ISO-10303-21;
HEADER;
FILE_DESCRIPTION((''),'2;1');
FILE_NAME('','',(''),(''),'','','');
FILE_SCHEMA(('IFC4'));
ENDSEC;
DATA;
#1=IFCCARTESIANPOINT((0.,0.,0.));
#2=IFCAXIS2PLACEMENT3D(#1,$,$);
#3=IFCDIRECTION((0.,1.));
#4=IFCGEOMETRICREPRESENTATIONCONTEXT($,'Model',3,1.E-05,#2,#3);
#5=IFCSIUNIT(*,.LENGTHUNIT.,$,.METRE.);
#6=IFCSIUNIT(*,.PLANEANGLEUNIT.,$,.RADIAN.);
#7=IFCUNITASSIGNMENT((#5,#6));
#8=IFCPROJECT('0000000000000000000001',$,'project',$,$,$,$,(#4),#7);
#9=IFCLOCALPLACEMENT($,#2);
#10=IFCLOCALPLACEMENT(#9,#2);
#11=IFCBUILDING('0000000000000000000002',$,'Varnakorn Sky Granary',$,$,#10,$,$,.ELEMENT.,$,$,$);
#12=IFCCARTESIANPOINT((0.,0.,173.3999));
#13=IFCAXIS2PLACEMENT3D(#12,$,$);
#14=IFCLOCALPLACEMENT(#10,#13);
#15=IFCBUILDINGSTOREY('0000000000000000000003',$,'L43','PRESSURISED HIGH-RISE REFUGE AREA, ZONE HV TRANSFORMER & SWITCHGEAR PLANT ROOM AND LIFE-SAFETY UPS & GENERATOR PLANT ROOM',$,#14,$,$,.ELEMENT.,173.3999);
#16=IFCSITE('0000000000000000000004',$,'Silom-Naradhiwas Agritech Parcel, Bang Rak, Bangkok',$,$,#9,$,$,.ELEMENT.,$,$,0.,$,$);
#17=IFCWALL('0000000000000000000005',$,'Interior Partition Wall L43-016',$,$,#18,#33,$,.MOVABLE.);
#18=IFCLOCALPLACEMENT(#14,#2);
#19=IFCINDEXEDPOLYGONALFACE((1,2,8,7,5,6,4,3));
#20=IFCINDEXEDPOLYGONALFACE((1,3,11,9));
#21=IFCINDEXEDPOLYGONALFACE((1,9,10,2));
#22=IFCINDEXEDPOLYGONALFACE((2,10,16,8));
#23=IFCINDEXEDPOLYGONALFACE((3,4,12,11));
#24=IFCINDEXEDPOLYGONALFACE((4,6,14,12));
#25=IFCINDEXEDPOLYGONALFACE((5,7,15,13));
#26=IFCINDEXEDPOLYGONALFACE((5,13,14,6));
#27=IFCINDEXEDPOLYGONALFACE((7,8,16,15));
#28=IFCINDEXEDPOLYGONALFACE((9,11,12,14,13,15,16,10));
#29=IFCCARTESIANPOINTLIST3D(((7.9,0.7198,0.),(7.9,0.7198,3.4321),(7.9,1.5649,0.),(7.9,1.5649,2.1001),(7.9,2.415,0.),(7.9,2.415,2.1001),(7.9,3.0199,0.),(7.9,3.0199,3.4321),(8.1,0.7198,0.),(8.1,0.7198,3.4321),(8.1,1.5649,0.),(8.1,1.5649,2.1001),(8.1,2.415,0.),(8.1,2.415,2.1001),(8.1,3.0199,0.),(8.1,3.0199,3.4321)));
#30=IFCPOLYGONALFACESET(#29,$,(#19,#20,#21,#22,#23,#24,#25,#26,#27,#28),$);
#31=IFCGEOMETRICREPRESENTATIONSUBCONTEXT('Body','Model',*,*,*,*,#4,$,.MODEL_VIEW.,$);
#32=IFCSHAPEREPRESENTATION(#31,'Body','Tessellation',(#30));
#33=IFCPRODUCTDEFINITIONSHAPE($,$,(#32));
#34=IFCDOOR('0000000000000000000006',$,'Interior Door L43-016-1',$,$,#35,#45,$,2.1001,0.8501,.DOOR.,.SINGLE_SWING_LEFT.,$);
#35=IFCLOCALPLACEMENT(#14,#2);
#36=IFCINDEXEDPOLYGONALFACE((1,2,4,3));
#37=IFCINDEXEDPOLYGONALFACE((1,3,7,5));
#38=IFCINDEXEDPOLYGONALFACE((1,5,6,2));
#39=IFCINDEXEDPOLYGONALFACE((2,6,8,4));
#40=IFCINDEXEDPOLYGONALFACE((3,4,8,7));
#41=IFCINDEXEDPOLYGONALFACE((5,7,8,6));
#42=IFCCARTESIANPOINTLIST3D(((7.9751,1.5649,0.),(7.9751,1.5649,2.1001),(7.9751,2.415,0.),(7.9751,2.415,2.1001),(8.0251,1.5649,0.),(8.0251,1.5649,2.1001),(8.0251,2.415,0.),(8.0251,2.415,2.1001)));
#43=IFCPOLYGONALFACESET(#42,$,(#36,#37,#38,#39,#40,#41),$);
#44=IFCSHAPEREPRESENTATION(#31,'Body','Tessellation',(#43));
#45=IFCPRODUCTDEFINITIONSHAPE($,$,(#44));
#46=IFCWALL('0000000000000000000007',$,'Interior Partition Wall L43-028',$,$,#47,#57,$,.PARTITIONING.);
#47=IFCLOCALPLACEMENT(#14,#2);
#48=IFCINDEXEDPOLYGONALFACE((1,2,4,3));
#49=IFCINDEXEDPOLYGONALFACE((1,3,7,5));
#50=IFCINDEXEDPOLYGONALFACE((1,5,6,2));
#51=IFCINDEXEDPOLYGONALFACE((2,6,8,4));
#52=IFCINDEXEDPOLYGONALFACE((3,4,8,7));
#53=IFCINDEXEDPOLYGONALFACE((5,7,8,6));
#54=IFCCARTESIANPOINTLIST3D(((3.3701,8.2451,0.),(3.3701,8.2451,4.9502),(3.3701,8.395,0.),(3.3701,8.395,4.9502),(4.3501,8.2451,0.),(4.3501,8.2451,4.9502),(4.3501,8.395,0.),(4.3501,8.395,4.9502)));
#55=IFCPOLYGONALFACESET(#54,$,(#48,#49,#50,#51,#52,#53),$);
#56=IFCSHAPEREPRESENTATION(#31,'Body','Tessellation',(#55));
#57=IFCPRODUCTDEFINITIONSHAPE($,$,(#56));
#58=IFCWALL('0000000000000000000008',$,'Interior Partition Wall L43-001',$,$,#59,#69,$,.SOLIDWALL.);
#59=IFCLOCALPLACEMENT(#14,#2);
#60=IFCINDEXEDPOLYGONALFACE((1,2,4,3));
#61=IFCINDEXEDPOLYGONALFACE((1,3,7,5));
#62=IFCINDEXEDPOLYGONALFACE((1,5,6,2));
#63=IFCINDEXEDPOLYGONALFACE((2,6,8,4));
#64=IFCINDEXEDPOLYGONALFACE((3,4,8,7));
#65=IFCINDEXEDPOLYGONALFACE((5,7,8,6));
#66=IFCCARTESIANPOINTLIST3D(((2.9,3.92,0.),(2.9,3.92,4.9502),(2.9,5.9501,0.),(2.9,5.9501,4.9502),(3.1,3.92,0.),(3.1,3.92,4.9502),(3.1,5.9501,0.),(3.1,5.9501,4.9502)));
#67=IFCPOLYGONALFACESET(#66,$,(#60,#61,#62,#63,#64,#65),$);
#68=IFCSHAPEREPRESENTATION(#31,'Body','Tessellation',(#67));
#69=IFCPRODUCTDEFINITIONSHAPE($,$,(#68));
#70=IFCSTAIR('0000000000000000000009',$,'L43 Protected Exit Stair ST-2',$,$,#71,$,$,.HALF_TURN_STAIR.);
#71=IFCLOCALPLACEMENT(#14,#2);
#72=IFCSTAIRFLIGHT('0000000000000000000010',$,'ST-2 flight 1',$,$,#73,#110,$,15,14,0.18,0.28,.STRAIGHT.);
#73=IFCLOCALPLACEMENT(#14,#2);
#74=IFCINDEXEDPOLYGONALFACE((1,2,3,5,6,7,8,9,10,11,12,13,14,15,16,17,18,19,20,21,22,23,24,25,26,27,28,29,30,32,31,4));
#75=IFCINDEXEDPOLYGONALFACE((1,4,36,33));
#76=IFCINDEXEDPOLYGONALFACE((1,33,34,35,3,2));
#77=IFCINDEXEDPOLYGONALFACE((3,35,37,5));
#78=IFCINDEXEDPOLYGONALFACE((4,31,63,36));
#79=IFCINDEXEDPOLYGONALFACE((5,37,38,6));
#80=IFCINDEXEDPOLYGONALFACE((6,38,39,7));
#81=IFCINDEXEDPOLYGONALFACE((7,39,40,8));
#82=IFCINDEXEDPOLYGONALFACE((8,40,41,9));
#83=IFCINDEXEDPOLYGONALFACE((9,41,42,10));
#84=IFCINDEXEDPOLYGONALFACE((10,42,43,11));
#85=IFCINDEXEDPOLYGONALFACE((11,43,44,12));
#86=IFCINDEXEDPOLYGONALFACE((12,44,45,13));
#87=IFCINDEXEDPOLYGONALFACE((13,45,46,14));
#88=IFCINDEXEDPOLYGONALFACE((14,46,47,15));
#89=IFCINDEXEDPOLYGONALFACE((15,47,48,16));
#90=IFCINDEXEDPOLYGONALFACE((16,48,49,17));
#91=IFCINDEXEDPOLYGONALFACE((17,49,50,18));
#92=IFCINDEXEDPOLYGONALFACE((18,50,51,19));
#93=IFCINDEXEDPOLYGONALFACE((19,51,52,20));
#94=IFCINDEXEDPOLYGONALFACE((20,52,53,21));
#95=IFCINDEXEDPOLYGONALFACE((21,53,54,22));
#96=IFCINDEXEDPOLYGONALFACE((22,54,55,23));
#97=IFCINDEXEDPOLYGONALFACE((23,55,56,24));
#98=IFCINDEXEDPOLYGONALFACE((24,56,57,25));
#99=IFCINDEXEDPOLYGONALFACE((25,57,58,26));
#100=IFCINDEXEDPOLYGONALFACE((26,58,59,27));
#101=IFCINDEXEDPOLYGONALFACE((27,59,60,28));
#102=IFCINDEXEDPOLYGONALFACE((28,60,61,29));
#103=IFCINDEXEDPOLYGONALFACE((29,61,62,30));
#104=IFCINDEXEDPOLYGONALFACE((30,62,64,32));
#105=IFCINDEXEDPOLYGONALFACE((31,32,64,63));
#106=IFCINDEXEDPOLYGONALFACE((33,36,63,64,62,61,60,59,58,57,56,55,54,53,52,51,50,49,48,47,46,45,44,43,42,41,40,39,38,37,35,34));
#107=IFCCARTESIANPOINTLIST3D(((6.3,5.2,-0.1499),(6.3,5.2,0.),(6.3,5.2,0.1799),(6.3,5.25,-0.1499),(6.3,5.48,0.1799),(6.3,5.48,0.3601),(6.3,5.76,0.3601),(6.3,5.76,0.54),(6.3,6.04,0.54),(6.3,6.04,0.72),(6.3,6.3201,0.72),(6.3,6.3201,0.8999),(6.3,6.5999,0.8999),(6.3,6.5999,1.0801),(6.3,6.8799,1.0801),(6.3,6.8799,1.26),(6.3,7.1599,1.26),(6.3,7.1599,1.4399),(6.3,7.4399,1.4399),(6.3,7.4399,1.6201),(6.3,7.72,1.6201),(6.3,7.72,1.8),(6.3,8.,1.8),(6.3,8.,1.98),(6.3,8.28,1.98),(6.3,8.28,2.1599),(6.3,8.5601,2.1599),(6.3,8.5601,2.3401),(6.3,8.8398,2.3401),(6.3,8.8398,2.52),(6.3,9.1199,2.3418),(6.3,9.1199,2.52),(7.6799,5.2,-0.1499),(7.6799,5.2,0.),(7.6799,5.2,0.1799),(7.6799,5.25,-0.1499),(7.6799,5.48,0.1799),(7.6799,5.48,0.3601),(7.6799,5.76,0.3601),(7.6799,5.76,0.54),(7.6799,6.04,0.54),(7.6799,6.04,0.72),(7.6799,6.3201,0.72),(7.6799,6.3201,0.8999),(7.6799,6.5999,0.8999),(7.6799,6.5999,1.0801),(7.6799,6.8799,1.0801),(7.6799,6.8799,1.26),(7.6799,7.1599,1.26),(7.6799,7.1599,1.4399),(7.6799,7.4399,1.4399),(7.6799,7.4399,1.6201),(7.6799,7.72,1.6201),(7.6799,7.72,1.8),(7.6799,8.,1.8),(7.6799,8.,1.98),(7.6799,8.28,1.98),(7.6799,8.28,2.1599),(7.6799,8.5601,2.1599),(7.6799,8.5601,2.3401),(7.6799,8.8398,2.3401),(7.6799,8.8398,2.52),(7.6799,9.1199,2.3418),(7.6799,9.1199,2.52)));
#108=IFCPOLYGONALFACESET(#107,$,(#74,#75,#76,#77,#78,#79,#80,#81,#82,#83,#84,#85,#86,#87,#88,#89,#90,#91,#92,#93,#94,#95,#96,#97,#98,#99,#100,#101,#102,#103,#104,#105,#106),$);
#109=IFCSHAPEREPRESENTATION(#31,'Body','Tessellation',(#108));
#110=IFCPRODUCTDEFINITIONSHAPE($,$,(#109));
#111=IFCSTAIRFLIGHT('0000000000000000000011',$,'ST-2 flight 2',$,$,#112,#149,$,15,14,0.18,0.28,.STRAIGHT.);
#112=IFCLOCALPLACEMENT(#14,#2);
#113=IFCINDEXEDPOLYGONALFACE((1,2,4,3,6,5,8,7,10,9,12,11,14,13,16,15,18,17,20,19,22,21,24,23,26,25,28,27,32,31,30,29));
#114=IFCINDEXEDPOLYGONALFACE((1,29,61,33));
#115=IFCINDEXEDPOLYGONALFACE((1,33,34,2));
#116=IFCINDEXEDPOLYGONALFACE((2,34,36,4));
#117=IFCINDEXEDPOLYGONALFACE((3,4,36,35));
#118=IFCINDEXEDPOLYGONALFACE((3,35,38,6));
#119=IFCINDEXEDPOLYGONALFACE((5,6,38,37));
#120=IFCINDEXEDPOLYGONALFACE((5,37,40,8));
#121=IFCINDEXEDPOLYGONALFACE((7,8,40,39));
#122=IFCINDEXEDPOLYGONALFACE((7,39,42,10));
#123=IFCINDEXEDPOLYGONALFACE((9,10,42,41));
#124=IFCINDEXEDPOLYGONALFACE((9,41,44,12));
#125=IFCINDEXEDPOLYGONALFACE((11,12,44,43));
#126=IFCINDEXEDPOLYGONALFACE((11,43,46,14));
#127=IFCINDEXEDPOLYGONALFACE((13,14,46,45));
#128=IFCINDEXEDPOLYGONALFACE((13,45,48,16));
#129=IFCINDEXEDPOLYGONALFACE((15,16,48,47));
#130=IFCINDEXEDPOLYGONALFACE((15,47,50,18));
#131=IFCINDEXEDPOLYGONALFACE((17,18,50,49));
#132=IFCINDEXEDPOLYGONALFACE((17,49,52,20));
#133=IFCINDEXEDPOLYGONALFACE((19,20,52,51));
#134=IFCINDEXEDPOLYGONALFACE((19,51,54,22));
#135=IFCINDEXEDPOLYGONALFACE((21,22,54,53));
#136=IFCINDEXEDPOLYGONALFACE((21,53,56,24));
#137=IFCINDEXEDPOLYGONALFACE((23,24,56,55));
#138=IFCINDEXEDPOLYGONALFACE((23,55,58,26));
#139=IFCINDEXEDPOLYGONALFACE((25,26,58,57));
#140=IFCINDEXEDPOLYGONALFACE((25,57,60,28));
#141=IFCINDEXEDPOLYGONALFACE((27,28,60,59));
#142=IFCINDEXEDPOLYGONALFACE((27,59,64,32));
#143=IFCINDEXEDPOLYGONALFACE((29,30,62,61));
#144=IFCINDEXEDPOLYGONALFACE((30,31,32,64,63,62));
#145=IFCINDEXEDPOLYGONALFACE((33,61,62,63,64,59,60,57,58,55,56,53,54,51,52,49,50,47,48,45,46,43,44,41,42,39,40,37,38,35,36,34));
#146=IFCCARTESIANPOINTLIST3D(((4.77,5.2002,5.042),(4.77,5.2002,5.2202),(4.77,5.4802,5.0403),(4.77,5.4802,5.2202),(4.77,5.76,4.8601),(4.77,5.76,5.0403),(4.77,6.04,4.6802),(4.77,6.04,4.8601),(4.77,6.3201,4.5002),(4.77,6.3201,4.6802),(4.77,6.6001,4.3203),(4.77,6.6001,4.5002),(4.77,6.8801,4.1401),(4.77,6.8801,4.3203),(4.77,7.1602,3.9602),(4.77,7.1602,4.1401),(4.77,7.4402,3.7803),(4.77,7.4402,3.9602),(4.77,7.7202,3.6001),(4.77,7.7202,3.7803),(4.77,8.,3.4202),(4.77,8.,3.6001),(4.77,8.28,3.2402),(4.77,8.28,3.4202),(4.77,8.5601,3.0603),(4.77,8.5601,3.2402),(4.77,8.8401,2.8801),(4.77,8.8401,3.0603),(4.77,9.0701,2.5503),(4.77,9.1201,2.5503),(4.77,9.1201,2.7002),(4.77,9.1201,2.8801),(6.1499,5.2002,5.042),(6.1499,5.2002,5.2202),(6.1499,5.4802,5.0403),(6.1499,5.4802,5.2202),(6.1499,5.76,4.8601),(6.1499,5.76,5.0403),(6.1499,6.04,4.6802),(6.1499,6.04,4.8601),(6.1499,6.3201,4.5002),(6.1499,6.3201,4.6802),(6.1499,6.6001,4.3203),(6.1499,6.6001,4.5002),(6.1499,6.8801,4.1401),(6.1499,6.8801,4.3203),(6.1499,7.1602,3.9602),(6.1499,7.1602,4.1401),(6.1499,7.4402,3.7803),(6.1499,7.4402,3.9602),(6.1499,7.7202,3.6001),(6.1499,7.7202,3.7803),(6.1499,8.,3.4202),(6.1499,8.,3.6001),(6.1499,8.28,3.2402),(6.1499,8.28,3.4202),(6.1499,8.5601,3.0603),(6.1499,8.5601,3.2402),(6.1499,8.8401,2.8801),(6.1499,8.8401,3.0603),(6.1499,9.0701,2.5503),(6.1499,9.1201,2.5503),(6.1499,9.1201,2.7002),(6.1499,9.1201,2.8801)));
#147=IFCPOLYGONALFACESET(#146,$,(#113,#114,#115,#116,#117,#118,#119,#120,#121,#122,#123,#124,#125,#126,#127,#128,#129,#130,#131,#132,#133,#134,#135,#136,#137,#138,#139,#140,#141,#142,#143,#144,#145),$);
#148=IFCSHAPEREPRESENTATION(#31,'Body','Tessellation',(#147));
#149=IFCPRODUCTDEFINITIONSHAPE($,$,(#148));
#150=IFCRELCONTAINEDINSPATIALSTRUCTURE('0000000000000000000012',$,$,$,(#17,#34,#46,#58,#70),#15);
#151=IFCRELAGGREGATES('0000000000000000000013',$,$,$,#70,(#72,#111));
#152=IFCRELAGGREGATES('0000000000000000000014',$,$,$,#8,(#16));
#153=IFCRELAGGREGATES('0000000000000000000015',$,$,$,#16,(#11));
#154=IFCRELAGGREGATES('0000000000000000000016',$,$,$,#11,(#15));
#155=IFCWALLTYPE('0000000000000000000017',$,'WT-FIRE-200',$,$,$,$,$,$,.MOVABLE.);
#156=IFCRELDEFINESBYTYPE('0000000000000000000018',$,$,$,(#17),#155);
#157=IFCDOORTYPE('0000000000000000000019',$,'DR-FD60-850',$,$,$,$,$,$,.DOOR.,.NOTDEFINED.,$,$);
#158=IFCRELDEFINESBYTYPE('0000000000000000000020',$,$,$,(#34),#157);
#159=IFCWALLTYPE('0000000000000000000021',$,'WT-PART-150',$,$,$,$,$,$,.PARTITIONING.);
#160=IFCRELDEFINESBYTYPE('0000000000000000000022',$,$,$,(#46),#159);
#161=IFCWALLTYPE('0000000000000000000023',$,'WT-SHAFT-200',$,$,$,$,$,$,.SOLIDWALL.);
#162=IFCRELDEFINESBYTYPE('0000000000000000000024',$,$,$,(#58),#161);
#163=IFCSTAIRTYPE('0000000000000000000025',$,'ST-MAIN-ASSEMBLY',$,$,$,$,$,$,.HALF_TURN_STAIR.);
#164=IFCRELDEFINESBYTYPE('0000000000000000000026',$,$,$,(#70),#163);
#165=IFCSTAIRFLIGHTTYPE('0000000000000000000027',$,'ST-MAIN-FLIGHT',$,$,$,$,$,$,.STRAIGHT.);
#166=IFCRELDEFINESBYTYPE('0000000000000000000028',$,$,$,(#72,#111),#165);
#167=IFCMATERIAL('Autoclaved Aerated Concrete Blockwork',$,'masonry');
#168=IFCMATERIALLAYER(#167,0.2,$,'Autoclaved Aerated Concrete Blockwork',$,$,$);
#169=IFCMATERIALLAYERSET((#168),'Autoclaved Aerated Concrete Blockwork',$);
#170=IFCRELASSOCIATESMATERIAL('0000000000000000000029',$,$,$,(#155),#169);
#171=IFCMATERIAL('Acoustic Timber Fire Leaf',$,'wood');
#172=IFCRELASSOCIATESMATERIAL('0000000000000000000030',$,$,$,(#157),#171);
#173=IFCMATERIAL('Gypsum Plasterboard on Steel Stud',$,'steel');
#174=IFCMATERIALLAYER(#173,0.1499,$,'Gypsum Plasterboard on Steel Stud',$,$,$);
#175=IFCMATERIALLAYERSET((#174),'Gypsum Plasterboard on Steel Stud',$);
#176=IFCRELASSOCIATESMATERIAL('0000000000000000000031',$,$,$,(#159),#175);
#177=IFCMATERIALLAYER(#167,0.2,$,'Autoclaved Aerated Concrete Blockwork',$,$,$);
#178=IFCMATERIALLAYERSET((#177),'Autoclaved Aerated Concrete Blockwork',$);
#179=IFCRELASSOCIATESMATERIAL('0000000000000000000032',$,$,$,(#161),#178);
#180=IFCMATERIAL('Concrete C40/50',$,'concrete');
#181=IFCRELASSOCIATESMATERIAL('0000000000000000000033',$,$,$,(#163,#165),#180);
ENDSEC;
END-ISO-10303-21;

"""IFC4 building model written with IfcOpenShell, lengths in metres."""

from ifc_helpers import new_model, si_unit, direction, frame, frame_2d, origin, place, context, subcontext, project, spatial, polyline, rectangle, outline, extrude, material, layer, layer_set, type_object, element, fill, aggregate, save


model = new_model("IFC4")

# Units and contexts
model_context = context("Model", 3, precision=1e-05, world=origin(), true_north=direction((0.0, 1.0)))
body_context = subcontext(model_context, "Body", "Model", "MODEL_VIEW")
ifc_project = project(units=[si_unit("LENGTHUNIT", "METRE"), si_unit("PLANEANGLEUNIT", "RADIAN")], contexts=[model_context])

# Site, building, storey
site_placement = place(None, origin())
site = spatial("IfcSite", under=ifc_project, at=site_placement, Name="Silom-Naradhiwas Agritech Parcel, Bang Rak, Bangkok", CompositionType="ELEMENT", RefElevation=0.0)
building_placement = place(site_placement, origin())
building = spatial("IfcBuilding", under=site, at=building_placement, Name="Varnakorn Sky Granary", CompositionType="ELEMENT")
storey_placement = place(building_placement, frame((0.0, 0.0, 173.3999)))
storey = spatial("IfcBuildingStorey", under=building, at=storey_placement, Name="L43", Description="PRESSURISED HIGH-RISE REFUGE AREA, ZONE HV TRANSFORMER & SWITCHGEAR PLANT ROOM AND LIFE-SAFETY UPS & GENERATOR PLANT ROOM", CompositionType="ELEMENT", Elevation=173.3999)

# Shared definitions
ifc_material_1 = material(Name="Autoclaved Aerated Concrete Blockwork", Category="masonry")
ifc_layer_1 = layer(ifc_material_1, 0.2, Name="Autoclaved Aerated Concrete Blockwork")
ifc_layer_set_1 = layer_set([ifc_layer_1], Name="Autoclaved Aerated Concrete Blockwork")
wall_type_1 = type_object("IfcWallType", Name="WT-FIRE-200", PredefinedType="MOVABLE", material=ifc_layer_set_1)
ifc_material_2 = material(Name="Acoustic Timber Fire Leaf", Category="wood")
door_type_1 = type_object("IfcDoorType", Name="DR-FD60-850", OperationType="NOTDEFINED", PredefinedType="DOOR", material=ifc_material_2)

# Wall, opening, door
wall_1_placement = place(storey_placement, frame((8.0, 0.72, 0.0), z_axis=(0.0, 0.0, 1.0), x_axis=(0.0, 1.0, 0.0)))
wall_1 = element("IfcWall", 1, at=wall_1_placement, inside=storey, type_object=wall_type_1, Name="Interior Partition Wall L43-016", PredefinedType="MOVABLE", context=body_context, shape_type="SweptSolid", body=[
    extrude(rectangle(XDim=2.3, YDim=0.2, at=frame_2d((1.1499, 0.0))), origin(), (0.0, 0.0, 1.0), 3.4321),
])
opening_1_placement = place(wall_1_placement, frame((0.845, 0.0, 0.0)))
opening_1 = element("IfcOpeningElement", 2, at=opening_1_placement, cuts=wall_1, PredefinedType="OPENING", context=body_context, shape_type="SweptSolid", body=[
    extrude(rectangle(XDim=0.8501, YDim=2.1001, at=frame_2d((0.425, 1.05))), frame((0.0, 0.1099, 0.0), z_axis=(0.0, -1.0, 0.0), x_axis=(1.0, 0.0, 0.0)), (0.0, 0.0, 1.0), 0.22),
])
door_1_placement = place(opening_1_placement, origin())
door_1 = element("IfcDoor", 3, at=door_1_placement, inside=storey, type_object=door_type_1, Name="Interior Door L43-016-1", OperationType="SINGLE_SWING_LEFT", OverallHeight=2.1001, OverallWidth=0.8501, PredefinedType="DOOR", context=body_context, shape_type="SweptSolid", body=[
    extrude(rectangle(XDim=0.8501, YDim=2.1001, at=frame_2d((0.425, 1.05))), frame((0.0, 0.0249, 0.0), z_axis=(0.0, -1.0, 0.0), x_axis=(1.0, 0.0, 0.0)), (0.0, 0.0, 1.0), 0.05),
])
fill(opening_1, door_1)

# Walls
ifc_material_3 = material(Name="Gypsum Plasterboard on Steel Stud", Category="steel")
ifc_layer_2 = layer(ifc_material_3, 0.1499, Name="Gypsum Plasterboard on Steel Stud")
ifc_layer_set_2 = layer_set([ifc_layer_2], Name="Gypsum Plasterboard on Steel Stud")
wall_type_2 = type_object("IfcWallType", Name="WT-PART-150", PredefinedType="PARTITIONING", material=ifc_layer_set_2)
wall_2_placement = place(storey_placement, frame((3.3701, 8.3201, 0.0), z_axis=(0.0, 0.0, 1.0), x_axis=(1.0, 0.0, 0.0)))
element("IfcWall", 4, at=wall_2_placement, inside=storey, type_object=wall_type_2, Name="Interior Partition Wall L43-028", PredefinedType="PARTITIONING", context=body_context, shape_type="SweptSolid", body=[
    extrude(rectangle(XDim=0.98, YDim=0.1499, at=frame_2d((0.49, 0.0))), origin(), (0.0, 0.0, 1.0), 4.9502),
])
ifc_layer_3 = layer(ifc_material_1, 0.2, Name="Autoclaved Aerated Concrete Blockwork")
ifc_layer_set_3 = layer_set([ifc_layer_3], Name="Autoclaved Aerated Concrete Blockwork")
wall_type_3 = type_object("IfcWallType", Name="WT-SHAFT-200", PredefinedType="SOLIDWALL", material=ifc_layer_set_3)
wall_3_placement = place(storey_placement, frame((3.0, 3.9199, 0.0), z_axis=(0.0, 0.0, 1.0), x_axis=(0.0, 1.0, 0.0)))
element("IfcWall", 5, at=wall_3_placement, inside=storey, type_object=wall_type_3, Name="Interior Partition Wall L43-001", PredefinedType="SOLIDWALL", context=body_context, shape_type="SweptSolid", body=[
    extrude(rectangle(XDim=2.03, YDim=0.2, at=frame_2d((1.0151, 0.0))), origin(), (0.0, 0.0, 1.0), 4.9502),
])

# Stair, stair flights
ifc_material_4 = material(Name="Concrete C40/50", Category="concrete")
stair_type = type_object("IfcStairType", Name="ST-MAIN-ASSEMBLY", PredefinedType="HALF_TURN_STAIR", material=ifc_material_4)
stair_placement = place(storey_placement, origin())
stair = element("IfcStair", 6, at=stair_placement, inside=storey, type_object=stair_type, Name="L43 Protected Exit Stair ST-2", PredefinedType="HALF_TURN_STAIR")
stair_flight_type = type_object("IfcStairFlightType", Name="ST-MAIN-FLIGHT", PredefinedType="STRAIGHT", material=ifc_material_4)
stair_flight_1_placement = place(storey_placement, frame((6.99, 5.2, 0.0), z_axis=(0.0, 0.0, 1.0), x_axis=(0.0, 1.0, 0.0)))
stair_flight_1 = element("IfcStairFlight", 7, at=stair_flight_1_placement, type_object=stair_flight_type, Name="ST-2 flight 1", NumberOfRisers=15, NumberOfTreads=14, PredefinedType="STRAIGHT", RiserHeight=0.18, TreadLength=0.28, context=body_context, shape_type="SweptSolid", body=[
    extrude(outline(polyline([(0.0, -0.1499), (0.0, 0.0), (0.0, 0.1799), (0.28, 0.1799), (0.28, 0.3601), (0.5601, 0.3601), (0.5601, 0.54), (0.8401, 0.54), (0.8401, 0.72), (1.1201, 0.72), (1.1201, 0.8999), (1.3999, 0.8999), (1.3999, 1.0801), (1.6799, 1.0801), (1.6799, 1.26), (1.96, 1.26), (1.96, 1.4399), (2.24, 1.4399), (2.24, 1.6201), (2.52, 1.6201), (2.52, 1.8), (2.8, 1.8), (2.8, 1.98), (3.0801, 1.98), (3.0801, 2.1599), (3.3601, 2.1599), (3.3601, 2.3401), (3.6399, 2.3401), (3.6399, 2.52), (3.9199, 2.52), (3.9199, 2.7), (3.9199, 2.3418), (0.05, -0.1499), (0.0, -0.1499)])), frame((0.0, 0.6899, 0.0), z_axis=(0.0, -1.0, 0.0), x_axis=(1.0, 0.0, 0.0)), (0.0, 0.0, 1.0), 1.3799),
])
stair_flight_2_placement = place(storey_placement, frame((5.46, 9.1201, 2.7002), z_axis=(0.0, 0.0, 1.0), x_axis=(0.0, -1.0, 0.0)))
stair_flight_2 = element("IfcStairFlight", 8, at=stair_flight_2_placement, type_object=stair_flight_type, Name="ST-2 flight 2", NumberOfRisers=15, NumberOfTreads=14, PredefinedType="STRAIGHT", RiserHeight=0.18, TreadLength=0.28, context=body_context, shape_type="SweptSolid", body=[
    extrude(outline(polyline([(0.0, -0.1499), (0.0, 0.0), (0.0, 0.1799), (0.28, 0.1799), (0.28, 0.3601), (0.5601, 0.3601), (0.5601, 0.54), (0.8401, 0.54), (0.8401, 0.72), (1.1201, 0.72), (1.1201, 0.8999), (1.3999, 0.8999), (1.3999, 1.0801), (1.6799, 1.0801), (1.6799, 1.26), (1.96, 1.26), (1.96, 1.4399), (2.24, 1.4399), (2.24, 1.6201), (2.52, 1.6201), (2.52, 1.8), (2.8, 1.8), (2.8, 1.98), (3.0801, 1.98), (3.0801, 2.1599), (3.3601, 2.1599), (3.3601, 2.3401), (3.6399, 2.3401), (3.6399, 2.52), (3.9199, 2.52), (3.9199, 2.7), (3.9199, 2.3418), (0.05, -0.1499), (0.0, -0.1499)])), frame((0.0, 0.6899, 0.0), z_axis=(0.0, -1.0, 0.0), x_axis=(1.0, 0.0, 0.0)), (0.0, 0.0, 1.0), 1.3799),
])
aggregate(stair, [stair_flight_1, stair_flight_2])

save(model, "model.ifc")
